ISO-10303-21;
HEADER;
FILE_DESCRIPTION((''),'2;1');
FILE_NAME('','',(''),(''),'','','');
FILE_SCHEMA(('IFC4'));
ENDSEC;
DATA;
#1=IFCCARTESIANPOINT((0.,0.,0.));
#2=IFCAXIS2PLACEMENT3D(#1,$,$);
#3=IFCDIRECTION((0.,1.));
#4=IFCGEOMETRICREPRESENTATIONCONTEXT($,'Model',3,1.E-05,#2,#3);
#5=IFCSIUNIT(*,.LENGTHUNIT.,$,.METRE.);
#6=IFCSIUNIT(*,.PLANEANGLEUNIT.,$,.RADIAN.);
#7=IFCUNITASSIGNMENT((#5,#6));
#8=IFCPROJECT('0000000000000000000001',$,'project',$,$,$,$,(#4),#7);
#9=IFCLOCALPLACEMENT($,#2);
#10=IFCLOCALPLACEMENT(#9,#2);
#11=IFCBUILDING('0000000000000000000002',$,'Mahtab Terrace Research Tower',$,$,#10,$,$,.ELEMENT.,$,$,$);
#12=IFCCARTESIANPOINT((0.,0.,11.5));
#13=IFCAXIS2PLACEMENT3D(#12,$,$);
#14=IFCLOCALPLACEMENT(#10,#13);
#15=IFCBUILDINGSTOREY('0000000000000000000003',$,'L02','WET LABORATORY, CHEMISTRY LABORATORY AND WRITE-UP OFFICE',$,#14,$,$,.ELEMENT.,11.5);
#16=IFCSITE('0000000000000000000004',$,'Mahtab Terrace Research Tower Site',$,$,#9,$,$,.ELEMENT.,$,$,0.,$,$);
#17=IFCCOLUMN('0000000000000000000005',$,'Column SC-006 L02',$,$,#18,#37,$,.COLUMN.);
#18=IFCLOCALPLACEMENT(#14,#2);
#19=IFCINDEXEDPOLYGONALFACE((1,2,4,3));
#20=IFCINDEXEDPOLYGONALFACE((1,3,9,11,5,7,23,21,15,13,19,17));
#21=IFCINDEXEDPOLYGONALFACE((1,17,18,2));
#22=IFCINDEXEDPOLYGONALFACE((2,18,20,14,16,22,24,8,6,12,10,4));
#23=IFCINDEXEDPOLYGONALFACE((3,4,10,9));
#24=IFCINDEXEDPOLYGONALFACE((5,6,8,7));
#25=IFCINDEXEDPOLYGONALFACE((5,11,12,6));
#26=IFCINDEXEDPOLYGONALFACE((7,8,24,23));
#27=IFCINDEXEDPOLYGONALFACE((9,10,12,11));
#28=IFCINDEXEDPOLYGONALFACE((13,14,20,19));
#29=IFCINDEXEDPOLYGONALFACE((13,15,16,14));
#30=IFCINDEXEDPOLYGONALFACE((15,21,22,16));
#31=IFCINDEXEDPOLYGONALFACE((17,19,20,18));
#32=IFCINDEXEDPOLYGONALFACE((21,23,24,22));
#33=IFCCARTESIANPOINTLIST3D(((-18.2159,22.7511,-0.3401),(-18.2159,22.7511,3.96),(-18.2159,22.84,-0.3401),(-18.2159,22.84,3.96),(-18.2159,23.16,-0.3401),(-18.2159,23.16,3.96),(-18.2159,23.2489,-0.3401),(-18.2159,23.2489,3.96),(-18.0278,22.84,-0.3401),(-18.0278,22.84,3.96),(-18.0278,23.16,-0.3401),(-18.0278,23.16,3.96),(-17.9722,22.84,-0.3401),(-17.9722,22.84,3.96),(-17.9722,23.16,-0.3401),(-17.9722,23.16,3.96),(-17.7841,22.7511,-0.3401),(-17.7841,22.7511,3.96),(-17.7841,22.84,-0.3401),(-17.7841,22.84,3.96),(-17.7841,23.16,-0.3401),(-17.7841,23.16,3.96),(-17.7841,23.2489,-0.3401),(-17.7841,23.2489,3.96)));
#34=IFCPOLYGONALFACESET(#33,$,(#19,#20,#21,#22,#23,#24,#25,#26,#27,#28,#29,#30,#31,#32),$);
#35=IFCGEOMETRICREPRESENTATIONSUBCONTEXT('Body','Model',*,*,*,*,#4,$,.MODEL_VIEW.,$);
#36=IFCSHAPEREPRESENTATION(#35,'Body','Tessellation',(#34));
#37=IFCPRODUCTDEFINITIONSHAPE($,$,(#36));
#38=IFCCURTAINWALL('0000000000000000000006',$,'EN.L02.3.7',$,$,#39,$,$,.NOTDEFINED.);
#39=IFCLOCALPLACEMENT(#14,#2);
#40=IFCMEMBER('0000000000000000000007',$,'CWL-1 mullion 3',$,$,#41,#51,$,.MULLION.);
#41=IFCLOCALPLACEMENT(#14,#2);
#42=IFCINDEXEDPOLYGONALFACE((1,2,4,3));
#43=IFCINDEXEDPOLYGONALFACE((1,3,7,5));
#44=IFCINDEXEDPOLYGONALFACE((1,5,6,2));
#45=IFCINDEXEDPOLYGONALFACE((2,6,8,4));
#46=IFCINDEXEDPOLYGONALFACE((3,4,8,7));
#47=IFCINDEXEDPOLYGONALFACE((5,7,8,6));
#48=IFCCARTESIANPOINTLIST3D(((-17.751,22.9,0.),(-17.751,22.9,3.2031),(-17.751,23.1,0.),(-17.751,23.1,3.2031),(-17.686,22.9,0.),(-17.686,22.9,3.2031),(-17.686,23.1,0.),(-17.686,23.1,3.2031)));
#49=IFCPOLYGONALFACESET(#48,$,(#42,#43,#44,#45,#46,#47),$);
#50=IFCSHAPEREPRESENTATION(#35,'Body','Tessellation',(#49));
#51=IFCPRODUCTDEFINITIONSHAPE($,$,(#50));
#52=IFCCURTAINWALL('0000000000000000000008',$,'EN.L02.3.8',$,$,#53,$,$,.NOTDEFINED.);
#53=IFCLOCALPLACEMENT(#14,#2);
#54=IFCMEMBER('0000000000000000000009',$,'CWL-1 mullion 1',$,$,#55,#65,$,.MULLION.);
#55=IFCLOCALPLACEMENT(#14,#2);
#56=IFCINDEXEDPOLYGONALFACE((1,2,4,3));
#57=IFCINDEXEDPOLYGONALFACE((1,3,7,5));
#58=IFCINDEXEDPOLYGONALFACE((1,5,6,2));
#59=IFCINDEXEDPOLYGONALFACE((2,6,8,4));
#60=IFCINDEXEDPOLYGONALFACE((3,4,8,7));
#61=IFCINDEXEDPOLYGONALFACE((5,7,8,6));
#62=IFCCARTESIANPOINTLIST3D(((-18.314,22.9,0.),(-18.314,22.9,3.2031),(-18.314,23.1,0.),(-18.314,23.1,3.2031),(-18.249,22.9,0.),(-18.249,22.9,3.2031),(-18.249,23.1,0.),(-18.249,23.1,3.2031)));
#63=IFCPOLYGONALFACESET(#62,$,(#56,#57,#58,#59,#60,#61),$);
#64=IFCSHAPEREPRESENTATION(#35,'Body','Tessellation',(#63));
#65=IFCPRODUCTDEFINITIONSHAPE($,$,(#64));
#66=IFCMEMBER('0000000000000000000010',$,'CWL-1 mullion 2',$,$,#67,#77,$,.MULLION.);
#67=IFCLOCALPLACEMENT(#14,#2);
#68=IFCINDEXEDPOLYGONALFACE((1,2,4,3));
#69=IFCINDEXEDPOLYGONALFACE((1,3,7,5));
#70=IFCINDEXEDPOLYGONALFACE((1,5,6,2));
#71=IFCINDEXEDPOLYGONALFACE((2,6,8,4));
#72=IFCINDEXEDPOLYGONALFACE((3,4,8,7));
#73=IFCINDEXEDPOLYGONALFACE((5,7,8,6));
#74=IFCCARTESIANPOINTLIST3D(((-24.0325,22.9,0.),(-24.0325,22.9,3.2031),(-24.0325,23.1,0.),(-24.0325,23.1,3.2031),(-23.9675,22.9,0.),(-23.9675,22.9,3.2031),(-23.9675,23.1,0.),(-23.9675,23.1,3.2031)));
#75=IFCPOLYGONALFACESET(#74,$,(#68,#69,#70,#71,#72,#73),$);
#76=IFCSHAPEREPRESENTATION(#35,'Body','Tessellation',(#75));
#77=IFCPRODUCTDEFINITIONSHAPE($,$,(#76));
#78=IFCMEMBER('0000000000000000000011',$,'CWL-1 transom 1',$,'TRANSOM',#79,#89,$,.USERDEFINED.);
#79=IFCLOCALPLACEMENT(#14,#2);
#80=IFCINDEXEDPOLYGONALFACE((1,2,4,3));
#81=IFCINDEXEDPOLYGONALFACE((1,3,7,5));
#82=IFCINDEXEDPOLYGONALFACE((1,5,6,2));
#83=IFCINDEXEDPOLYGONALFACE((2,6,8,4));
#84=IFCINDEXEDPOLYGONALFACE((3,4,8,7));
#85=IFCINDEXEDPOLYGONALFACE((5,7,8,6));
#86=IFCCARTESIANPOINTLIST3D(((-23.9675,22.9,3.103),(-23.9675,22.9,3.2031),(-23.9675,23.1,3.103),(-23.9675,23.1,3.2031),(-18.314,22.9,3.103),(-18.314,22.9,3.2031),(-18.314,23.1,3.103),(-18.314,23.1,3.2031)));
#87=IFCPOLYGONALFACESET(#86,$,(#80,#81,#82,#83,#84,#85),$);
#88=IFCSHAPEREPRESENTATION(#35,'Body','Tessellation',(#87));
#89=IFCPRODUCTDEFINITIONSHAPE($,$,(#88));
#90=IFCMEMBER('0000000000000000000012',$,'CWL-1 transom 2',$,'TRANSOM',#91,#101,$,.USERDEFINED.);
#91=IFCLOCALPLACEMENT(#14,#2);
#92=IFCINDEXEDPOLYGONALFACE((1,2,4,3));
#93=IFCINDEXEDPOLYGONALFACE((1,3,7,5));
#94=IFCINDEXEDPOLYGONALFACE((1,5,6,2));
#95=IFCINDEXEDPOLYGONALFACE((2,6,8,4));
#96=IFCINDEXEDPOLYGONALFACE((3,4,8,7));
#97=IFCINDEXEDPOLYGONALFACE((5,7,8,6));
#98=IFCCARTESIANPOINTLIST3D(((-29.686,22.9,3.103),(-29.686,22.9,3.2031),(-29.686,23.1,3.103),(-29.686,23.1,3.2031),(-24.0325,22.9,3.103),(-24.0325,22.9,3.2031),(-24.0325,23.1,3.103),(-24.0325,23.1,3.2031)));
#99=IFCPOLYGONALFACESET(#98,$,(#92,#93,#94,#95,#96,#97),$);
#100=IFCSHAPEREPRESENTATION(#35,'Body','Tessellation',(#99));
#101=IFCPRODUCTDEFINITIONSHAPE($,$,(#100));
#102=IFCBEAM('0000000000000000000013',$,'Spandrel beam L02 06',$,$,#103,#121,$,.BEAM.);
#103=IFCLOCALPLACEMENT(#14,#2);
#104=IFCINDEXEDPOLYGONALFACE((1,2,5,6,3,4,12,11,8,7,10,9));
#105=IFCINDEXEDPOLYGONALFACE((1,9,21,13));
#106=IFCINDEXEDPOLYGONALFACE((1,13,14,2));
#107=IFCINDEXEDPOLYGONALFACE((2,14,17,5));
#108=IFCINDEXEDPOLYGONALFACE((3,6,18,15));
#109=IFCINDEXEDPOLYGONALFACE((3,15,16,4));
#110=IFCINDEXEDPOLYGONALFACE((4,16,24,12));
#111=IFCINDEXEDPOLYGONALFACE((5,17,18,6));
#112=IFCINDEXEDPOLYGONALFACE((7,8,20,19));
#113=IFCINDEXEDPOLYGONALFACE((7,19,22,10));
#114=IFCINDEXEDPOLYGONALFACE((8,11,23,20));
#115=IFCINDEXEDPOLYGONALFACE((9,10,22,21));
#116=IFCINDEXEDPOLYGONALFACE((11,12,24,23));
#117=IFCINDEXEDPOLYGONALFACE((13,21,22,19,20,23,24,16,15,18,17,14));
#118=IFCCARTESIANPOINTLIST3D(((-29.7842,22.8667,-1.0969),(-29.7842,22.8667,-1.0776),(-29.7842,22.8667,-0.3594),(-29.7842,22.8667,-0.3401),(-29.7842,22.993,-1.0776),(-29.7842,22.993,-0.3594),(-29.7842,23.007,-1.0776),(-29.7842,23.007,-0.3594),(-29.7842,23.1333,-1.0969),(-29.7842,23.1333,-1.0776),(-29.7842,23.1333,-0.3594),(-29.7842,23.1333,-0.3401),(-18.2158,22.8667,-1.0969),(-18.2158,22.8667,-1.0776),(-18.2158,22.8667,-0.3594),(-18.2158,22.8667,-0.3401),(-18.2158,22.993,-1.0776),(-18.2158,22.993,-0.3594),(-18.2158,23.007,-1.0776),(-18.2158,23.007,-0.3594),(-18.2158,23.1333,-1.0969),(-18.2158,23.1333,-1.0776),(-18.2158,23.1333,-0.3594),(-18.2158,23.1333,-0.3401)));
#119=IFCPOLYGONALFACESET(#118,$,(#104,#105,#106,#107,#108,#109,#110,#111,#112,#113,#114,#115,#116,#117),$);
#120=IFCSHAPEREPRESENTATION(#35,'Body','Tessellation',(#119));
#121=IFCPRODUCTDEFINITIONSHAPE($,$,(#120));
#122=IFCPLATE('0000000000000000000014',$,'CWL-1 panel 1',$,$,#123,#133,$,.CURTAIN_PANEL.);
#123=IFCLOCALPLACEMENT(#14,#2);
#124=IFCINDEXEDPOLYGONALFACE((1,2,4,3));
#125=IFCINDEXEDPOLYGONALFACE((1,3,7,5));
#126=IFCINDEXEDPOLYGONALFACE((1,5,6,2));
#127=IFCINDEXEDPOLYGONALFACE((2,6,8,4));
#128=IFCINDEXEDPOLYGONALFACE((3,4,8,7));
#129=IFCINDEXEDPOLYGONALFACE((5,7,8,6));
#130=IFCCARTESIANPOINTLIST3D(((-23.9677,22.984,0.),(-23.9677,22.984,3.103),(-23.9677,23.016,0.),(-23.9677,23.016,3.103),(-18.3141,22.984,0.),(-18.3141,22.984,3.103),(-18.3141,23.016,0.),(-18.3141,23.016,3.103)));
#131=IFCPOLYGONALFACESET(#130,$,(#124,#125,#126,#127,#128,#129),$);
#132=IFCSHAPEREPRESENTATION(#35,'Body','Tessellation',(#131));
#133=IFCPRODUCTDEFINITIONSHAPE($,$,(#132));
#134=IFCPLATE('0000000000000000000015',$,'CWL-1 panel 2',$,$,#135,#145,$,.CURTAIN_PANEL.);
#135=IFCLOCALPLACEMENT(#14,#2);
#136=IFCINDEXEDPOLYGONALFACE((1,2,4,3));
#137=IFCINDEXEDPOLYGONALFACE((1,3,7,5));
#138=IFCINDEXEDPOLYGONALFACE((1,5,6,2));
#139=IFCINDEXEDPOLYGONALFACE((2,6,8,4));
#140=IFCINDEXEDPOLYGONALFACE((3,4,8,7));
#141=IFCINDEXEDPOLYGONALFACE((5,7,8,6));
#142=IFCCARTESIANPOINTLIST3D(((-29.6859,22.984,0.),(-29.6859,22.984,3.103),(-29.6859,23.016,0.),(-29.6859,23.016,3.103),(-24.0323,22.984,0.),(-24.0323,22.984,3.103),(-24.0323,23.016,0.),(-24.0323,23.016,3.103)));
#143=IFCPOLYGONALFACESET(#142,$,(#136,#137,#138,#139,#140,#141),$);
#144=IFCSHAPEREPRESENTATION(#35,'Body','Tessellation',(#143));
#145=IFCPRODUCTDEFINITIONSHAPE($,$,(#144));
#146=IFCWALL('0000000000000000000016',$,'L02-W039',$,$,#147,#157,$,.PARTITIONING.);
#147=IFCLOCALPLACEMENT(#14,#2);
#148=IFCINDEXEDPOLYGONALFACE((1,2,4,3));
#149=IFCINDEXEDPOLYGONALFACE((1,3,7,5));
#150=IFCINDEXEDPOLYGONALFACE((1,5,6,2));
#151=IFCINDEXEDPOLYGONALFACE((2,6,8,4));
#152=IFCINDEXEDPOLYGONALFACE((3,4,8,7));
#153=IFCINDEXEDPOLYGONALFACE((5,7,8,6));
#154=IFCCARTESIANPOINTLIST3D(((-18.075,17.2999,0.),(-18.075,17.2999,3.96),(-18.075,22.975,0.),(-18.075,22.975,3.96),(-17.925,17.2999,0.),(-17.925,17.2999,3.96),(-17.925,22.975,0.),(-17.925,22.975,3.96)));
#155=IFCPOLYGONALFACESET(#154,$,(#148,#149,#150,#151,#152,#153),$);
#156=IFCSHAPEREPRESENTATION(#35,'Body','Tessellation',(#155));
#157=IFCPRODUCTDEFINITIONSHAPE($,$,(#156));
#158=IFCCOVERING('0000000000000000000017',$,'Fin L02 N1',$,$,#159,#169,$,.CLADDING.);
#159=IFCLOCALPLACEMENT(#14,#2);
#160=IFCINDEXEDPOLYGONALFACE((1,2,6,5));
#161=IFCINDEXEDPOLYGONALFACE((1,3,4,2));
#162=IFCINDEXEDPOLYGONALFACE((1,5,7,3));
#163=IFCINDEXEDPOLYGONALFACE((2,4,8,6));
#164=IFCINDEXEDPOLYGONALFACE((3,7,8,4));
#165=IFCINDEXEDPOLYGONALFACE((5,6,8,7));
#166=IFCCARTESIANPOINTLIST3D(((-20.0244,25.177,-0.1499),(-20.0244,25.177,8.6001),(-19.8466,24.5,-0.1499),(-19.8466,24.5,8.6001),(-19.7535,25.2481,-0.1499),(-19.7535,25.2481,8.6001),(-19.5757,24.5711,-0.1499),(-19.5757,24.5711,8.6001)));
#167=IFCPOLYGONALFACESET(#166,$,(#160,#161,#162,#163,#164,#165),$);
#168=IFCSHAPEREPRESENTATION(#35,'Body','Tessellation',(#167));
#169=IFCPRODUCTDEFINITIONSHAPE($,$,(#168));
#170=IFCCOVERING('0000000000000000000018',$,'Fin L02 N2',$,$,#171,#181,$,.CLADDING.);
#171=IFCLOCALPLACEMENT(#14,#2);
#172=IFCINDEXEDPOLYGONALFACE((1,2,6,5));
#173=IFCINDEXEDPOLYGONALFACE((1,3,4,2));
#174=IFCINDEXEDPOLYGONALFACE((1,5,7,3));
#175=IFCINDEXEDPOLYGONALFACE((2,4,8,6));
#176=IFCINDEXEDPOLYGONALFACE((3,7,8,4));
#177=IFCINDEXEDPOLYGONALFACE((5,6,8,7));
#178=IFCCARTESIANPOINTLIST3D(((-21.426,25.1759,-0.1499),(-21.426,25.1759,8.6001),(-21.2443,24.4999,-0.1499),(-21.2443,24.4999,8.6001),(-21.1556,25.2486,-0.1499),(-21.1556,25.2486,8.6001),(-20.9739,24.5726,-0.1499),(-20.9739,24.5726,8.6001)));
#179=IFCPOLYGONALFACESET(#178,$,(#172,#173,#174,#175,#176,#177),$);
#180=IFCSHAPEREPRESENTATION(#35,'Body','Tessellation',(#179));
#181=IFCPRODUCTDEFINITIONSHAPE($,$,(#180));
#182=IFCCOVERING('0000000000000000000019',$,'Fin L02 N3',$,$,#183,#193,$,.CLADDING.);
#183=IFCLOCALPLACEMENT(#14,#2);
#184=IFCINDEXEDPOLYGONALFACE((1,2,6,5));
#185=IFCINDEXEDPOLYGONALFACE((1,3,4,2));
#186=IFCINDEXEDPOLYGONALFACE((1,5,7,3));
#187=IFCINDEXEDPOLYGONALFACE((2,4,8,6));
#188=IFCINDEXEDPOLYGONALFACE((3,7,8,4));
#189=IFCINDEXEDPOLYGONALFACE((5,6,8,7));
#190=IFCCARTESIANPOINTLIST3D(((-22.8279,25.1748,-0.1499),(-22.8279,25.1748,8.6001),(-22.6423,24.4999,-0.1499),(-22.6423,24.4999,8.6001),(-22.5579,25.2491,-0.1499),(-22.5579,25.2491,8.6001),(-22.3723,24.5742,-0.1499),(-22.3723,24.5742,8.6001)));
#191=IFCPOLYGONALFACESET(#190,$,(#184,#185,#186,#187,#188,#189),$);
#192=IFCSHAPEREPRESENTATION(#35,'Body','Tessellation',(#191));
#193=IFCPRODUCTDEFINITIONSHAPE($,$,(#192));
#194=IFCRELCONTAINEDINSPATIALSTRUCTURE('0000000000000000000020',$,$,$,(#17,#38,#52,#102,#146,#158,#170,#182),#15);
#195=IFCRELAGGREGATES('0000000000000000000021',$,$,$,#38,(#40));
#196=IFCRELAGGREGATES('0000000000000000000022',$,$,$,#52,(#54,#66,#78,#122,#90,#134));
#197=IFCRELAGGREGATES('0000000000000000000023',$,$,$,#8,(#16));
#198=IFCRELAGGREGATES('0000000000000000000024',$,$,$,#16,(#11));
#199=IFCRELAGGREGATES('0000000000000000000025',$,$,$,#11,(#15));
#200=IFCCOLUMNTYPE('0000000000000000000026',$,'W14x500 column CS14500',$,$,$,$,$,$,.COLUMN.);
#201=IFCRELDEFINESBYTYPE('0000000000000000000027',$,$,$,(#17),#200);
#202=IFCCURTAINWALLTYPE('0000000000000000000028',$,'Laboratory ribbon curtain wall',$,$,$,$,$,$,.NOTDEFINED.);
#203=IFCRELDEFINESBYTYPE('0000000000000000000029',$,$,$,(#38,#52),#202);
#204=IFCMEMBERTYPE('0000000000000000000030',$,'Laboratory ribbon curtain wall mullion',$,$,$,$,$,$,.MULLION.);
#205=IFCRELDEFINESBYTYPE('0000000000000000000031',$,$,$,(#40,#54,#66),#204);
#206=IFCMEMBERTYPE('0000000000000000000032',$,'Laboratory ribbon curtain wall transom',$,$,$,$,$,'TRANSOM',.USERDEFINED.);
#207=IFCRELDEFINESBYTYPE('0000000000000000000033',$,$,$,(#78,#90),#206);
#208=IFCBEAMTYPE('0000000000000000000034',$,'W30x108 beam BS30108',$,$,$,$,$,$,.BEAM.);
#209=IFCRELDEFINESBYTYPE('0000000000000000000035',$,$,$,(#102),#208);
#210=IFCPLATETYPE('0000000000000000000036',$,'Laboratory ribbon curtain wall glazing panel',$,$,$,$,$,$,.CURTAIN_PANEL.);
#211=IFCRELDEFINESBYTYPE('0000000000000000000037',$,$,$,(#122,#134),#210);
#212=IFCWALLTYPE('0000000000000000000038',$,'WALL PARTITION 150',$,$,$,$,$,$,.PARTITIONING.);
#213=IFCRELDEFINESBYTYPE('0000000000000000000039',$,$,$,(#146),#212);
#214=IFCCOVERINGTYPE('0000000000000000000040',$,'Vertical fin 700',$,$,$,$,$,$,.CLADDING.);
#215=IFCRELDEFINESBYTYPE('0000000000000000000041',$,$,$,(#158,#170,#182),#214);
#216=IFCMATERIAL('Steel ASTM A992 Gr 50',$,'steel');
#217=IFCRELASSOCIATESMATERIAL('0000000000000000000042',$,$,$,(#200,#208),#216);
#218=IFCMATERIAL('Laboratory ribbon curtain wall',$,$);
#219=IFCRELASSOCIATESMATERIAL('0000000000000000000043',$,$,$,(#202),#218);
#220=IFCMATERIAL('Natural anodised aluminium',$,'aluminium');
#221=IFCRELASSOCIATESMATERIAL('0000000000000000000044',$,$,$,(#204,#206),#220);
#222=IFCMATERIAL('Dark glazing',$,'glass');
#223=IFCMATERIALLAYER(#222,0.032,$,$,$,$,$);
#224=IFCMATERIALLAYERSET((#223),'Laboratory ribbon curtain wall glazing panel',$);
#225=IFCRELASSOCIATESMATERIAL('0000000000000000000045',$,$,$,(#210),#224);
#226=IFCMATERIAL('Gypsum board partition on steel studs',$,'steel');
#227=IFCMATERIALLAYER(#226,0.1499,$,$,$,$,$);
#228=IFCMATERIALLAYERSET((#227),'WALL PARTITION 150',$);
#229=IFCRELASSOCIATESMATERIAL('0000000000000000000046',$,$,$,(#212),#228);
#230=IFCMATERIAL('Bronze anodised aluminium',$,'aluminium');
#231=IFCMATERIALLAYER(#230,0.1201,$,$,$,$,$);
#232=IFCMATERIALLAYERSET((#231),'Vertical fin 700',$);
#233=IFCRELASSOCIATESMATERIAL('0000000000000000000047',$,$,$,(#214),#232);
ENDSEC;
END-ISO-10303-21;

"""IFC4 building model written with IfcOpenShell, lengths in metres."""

from ifc_helpers import new_model, si_unit, direction, frame, frame_2d, origin, origin_2d, place, context, subcontext, project, spatial, rectangle, i_section, extrude, material, layer, layer_set, material_profile, profile_set, type_object, element, aggregate, save


model = new_model("IFC4")

# Units and contexts
model_context = context("Model", 3, precision=1e-05, world=origin(), true_north=direction((0.0, 1.0)))
body_context = subcontext(model_context, "Body", "Model", "MODEL_VIEW")
ifc_project = project(units=[si_unit("LENGTHUNIT", "METRE"), si_unit("PLANEANGLEUNIT", "RADIAN")], contexts=[model_context])

# Site, building, storey
site_placement = place(None, origin())
site = spatial("IfcSite", under=ifc_project, at=site_placement, Name="Mahtab Terrace Research Tower Site", CompositionType="ELEMENT", RefElevation=0.0)
building_placement = place(site_placement, origin())
building = spatial("IfcBuilding", under=site, at=building_placement, Name="Mahtab Terrace Research Tower", CompositionType="ELEMENT")
storey_placement = place(building_placement, frame((0.0, 0.0, 11.5)))
storey = spatial("IfcBuildingStorey", under=building, at=storey_placement, Name="L02", Description="WET LABORATORY, CHEMISTRY LABORATORY AND WRITE-UP OFFICE", CompositionType="ELEMENT", Elevation=11.5)

# Column
ifc_material_1 = material(Name="Steel ASTM A992 Gr 50", Category="steel")
ifc_material_profile_1 = material_profile(ifc_material_1, i_section(OverallWidth=0.4319, OverallDepth=0.4978, WebThickness=0.0557, FlangeThickness=0.0889, at=origin_2d()), Name="W14X500")
ifc_profile_set_1 = profile_set([ifc_material_profile_1], Name="Steel ASTM A992 Gr 50")
column_type = type_object("IfcColumnType", Name="W14x500 column CS14500", PredefinedType="COLUMN", material=ifc_profile_set_1)
column_placement = place(storey_placement, frame((-18.0, 23.0, -0.3401), z_axis=(0.0, 0.0, 1.0), x_axis=(1.0, 0.0, 0.0)))
element("IfcColumn", 1, at=column_placement, inside=storey, type_object=column_type, Name="Column SC-006 L02", PredefinedType="COLUMN", context=body_context, shape_type="SweptSolid", body=[
    extrude(i_section(OverallWidth=0.4319, OverallDepth=0.4978, WebThickness=0.0557, FlangeThickness=0.0889, at=origin_2d()), origin(), (0.0, 0.0, 1.0), 4.3),
])

# Curtain wall, member
ifc_material_2 = material(Name="Laboratory ribbon curtain wall")
curtain_wall_type = type_object("IfcCurtainWallType", Name="Laboratory ribbon curtain wall", PredefinedType="NOTDEFINED", material=ifc_material_2)
curtain_wall_1_placement = place(storey_placement, origin())
curtain_wall_1 = element("IfcCurtainWall", 2, at=curtain_wall_1_placement, inside=storey, type_object=curtain_wall_type, Name="EN.L02.3.7", PredefinedType="NOTDEFINED")
ifc_material_3 = material(Name="Natural anodised aluminium", Category="aluminium")
ifc_material_profile_2 = material_profile(ifc_material_3, rectangle(XDim=0.2, YDim=0.0649, at=origin_2d()), Name="MULLION 65x200")
ifc_profile_set_2 = profile_set([ifc_material_profile_2], Name="Natural anodised aluminium")
member_type_1 = type_object("IfcMemberType", Name="Laboratory ribbon curtain wall mullion", PredefinedType="MULLION", material=ifc_profile_set_2)
member_1_placement = place(storey_placement, frame((-17.7185, 23.0, 0.0), z_axis=(0.0, 0.0, 1.0), x_axis=(0.0, -1.0, 0.0)))
member_1 = element("IfcMember", 3, at=member_1_placement, type_object=member_type_1, Name="CWL-1 mullion 3", PredefinedType="MULLION", context=body_context, shape_type="SweptSolid", body=[
    extrude(rectangle(XDim=0.2, YDim=0.0649, at=origin_2d()), origin(), (0.0, 0.0, 1.0), 3.2031),
])
aggregate(curtain_wall_1, [member_1])

# Curtain wall, members
curtain_wall_2_placement = place(storey_placement, origin())
curtain_wall_2 = element("IfcCurtainWall", 4, at=curtain_wall_2_placement, inside=storey, type_object=curtain_wall_type, Name="EN.L02.3.8", PredefinedType="NOTDEFINED")
member_2_placement = place(storey_placement, frame((-18.2815, 23.0, 0.0), z_axis=(0.0, 0.0, 1.0), x_axis=(0.0, -1.0, 0.0)))
member_2 = element("IfcMember", 5, at=member_2_placement, type_object=member_type_1, Name="CWL-1 mullion 1", PredefinedType="MULLION", context=body_context, shape_type="SweptSolid", body=[
    extrude(rectangle(XDim=0.2, YDim=0.0649, at=origin_2d()), origin(), (0.0, 0.0, 1.0), 3.2031),
])
member_3_placement = place(storey_placement, frame((-24.0, 23.0, 0.0), z_axis=(0.0, 0.0, 1.0), x_axis=(0.0, -1.0, 0.0)))
member_3 = element("IfcMember", 6, at=member_3_placement, type_object=member_type_1, Name="CWL-1 mullion 2", PredefinedType="MULLION", context=body_context, shape_type="SweptSolid", body=[
    extrude(rectangle(XDim=0.2, YDim=0.0649, at=origin_2d()), origin(), (0.0, 0.0, 1.0), 3.2031),
])
ifc_material_profile_3 = material_profile(ifc_material_3, rectangle(XDim=0.2, YDim=0.1001, at=origin_2d()), Name="TRANSOM 100x200")
ifc_profile_set_3 = profile_set([ifc_material_profile_3], Name="Natural anodised aluminium")
member_type_2 = type_object("IfcMemberType", Name="Laboratory ribbon curtain wall transom", ElementType="TRANSOM", PredefinedType="USERDEFINED", material=ifc_profile_set_3)
member_4_placement = place(storey_placement, frame((-18.314, 23.0, 3.1531), z_axis=(-1.0, 0.0, 0.0), x_axis=(0.0, -1.0, 0.0)))
member_4 = element("IfcMember", 7, at=member_4_placement, type_object=member_type_2, Name="CWL-1 transom 1", ObjectType="TRANSOM", PredefinedType="USERDEFINED", context=body_context, shape_type="SweptSolid", body=[
    extrude(rectangle(XDim=0.2, YDim=0.1001, at=origin_2d()), origin(), (0.0, 0.0, 1.0), 5.6536),
])
member_5_placement = place(storey_placement, frame((-24.0325, 23.0, 3.1531), z_axis=(-1.0, 0.0, 0.0), x_axis=(0.0, -1.0, 0.0)))
member_5 = element("IfcMember", 8, at=member_5_placement, type_object=member_type_2, Name="CWL-1 transom 2", ObjectType="TRANSOM", PredefinedType="USERDEFINED", context=body_context, shape_type="SweptSolid", body=[
    extrude(rectangle(XDim=0.2, YDim=0.1001, at=origin_2d()), origin(), (0.0, 0.0, 1.0), 5.6536),
])

# Beam
ifc_material_profile_4 = material_profile(ifc_material_1, i_section(OverallWidth=0.2666, OverallDepth=0.7568, WebThickness=0.0139, FlangeThickness=0.0193, at=origin_2d()), Name="W30X108")
ifc_profile_set_4 = profile_set([ifc_material_profile_4], Name="Steel ASTM A992 Gr 50")
beam_type = type_object("IfcBeamType", Name="W30x108 beam BS30108", PredefinedType="BEAM", material=ifc_profile_set_4)
beam_placement = place(storey_placement, frame((-18.2158, 23.0, -0.7185), z_axis=(-1.0, 0.0, 0.0), x_axis=(0.0, -1.0, 0.0)))
element("IfcBeam", 9, at=beam_placement, inside=storey, type_object=beam_type, Name="Spandrel beam L02 06", PredefinedType="BEAM", context=body_context, shape_type="SweptSolid", body=[
    extrude(i_section(OverallWidth=0.2666, OverallDepth=0.7568, WebThickness=0.0139, FlangeThickness=0.0193, at=origin_2d()), origin(), (0.0, 0.0, 1.0), 11.5684),
])

# Plates
ifc_material_4 = material(Name="Dark glazing", Category="glass")
ifc_layer_1 = layer(ifc_material_4, 0.032)
ifc_layer_set_1 = layer_set([ifc_layer_1], Name="Laboratory ribbon curtain wall glazing panel")
plate_type = type_object("IfcPlateType", Name="Laboratory ribbon curtain wall glazing panel", PredefinedType="CURTAIN_PANEL", material=ifc_layer_set_1)
plate_1_placement = place(storey_placement, frame((-21.1409, 23.0, 0.0), z_axis=(0.0, 0.0, 1.0), x_axis=(-1.0, 0.0, 0.0)))
plate_1 = element("IfcPlate", 10, at=plate_1_placement, type_object=plate_type, Name="CWL-1 panel 1", PredefinedType="CURTAIN_PANEL", context=body_context, shape_type="SweptSolid", body=[
    extrude(rectangle(XDim=5.6536, YDim=0.032, at=origin_2d()), origin(), (0.0, 0.0, 1.0), 3.103),
])
plate_2_placement = place(storey_placement, frame((-26.8591, 23.0, 0.0), z_axis=(0.0, 0.0, 1.0), x_axis=(-1.0, 0.0, 0.0)))
plate_2 = element("IfcPlate", 11, at=plate_2_placement, type_object=plate_type, Name="CWL-1 panel 2", PredefinedType="CURTAIN_PANEL", context=body_context, shape_type="SweptSolid", body=[
    extrude(rectangle(XDim=5.6536, YDim=0.032, at=origin_2d()), origin(), (0.0, 0.0, 1.0), 3.103),
])
aggregate(curtain_wall_2, [member_2, member_3, member_4, plate_1, member_5, plate_2])

# Wall
ifc_material_5 = material(Name="Gypsum board partition on steel studs", Category="steel")
ifc_layer_2 = layer(ifc_material_5, 0.1499)
ifc_layer_set_2 = layer_set([ifc_layer_2], Name="WALL PARTITION 150")
wall_type = type_object("IfcWallType", Name="WALL PARTITION 150", PredefinedType="PARTITIONING", material=ifc_layer_set_2)
wall_placement = place(storey_placement, frame((-18.0, 17.3, 0.0), z_axis=(0.0, 0.0, 1.0), x_axis=(0.0, 1.0, 0.0)))
element("IfcWall", 12, at=wall_placement, inside=storey, type_object=wall_type, Name="L02-W039", PredefinedType="PARTITIONING", context=body_context, shape_type="SweptSolid", body=[
    extrude(rectangle(XDim=5.675, YDim=0.1499, at=frame_2d((2.8374, 0.0))), origin(), (0.0, 0.0, 1.0), 3.96),
])

# Coverings
ifc_material_6 = material(Name="Bronze anodised aluminium", Category="aluminium")
ifc_layer_3 = layer(ifc_material_6, 0.1201)
ifc_layer_set_3 = layer_set([ifc_layer_3], Name="Vertical fin 700")
covering_type = type_object("IfcCoveringType", Name="Vertical fin 700", PredefinedType="CLADDING", material=ifc_layer_set_3)
for number, where, z_axis, x_axis, name in (
    (13, (-19.8, 24.874, -0.1499), (0.0, 0.0, 1.0), (-0.967204, -0.253999, 0.0), "Fin L02 N1"),
    (14, (-21.2, 24.8743, -0.1499), (0.0, 0.0, 1.0), (-0.96571, -0.259622, 0.0), "Fin L02 N2"),
    (15, (-22.6001, 24.8745, -0.1499), (0.0, 0.0, 1.0), (-0.964184, -0.265236, 0.0), "Fin L02 N3"),
):
    element("IfcCovering", number, at=place(storey_placement, frame(where, z_axis=z_axis, x_axis=x_axis)), inside=storey, type_object=covering_type, Name=name, PredefinedType="CLADDING", context=body_context, shape_type="SweptSolid", body=[
        extrude(rectangle(XDim=0.28, YDim=0.7, at=origin_2d()), origin(), (0.0, 0.0, 1.0), 8.75),
    ])

save(model, "model.ifc")
